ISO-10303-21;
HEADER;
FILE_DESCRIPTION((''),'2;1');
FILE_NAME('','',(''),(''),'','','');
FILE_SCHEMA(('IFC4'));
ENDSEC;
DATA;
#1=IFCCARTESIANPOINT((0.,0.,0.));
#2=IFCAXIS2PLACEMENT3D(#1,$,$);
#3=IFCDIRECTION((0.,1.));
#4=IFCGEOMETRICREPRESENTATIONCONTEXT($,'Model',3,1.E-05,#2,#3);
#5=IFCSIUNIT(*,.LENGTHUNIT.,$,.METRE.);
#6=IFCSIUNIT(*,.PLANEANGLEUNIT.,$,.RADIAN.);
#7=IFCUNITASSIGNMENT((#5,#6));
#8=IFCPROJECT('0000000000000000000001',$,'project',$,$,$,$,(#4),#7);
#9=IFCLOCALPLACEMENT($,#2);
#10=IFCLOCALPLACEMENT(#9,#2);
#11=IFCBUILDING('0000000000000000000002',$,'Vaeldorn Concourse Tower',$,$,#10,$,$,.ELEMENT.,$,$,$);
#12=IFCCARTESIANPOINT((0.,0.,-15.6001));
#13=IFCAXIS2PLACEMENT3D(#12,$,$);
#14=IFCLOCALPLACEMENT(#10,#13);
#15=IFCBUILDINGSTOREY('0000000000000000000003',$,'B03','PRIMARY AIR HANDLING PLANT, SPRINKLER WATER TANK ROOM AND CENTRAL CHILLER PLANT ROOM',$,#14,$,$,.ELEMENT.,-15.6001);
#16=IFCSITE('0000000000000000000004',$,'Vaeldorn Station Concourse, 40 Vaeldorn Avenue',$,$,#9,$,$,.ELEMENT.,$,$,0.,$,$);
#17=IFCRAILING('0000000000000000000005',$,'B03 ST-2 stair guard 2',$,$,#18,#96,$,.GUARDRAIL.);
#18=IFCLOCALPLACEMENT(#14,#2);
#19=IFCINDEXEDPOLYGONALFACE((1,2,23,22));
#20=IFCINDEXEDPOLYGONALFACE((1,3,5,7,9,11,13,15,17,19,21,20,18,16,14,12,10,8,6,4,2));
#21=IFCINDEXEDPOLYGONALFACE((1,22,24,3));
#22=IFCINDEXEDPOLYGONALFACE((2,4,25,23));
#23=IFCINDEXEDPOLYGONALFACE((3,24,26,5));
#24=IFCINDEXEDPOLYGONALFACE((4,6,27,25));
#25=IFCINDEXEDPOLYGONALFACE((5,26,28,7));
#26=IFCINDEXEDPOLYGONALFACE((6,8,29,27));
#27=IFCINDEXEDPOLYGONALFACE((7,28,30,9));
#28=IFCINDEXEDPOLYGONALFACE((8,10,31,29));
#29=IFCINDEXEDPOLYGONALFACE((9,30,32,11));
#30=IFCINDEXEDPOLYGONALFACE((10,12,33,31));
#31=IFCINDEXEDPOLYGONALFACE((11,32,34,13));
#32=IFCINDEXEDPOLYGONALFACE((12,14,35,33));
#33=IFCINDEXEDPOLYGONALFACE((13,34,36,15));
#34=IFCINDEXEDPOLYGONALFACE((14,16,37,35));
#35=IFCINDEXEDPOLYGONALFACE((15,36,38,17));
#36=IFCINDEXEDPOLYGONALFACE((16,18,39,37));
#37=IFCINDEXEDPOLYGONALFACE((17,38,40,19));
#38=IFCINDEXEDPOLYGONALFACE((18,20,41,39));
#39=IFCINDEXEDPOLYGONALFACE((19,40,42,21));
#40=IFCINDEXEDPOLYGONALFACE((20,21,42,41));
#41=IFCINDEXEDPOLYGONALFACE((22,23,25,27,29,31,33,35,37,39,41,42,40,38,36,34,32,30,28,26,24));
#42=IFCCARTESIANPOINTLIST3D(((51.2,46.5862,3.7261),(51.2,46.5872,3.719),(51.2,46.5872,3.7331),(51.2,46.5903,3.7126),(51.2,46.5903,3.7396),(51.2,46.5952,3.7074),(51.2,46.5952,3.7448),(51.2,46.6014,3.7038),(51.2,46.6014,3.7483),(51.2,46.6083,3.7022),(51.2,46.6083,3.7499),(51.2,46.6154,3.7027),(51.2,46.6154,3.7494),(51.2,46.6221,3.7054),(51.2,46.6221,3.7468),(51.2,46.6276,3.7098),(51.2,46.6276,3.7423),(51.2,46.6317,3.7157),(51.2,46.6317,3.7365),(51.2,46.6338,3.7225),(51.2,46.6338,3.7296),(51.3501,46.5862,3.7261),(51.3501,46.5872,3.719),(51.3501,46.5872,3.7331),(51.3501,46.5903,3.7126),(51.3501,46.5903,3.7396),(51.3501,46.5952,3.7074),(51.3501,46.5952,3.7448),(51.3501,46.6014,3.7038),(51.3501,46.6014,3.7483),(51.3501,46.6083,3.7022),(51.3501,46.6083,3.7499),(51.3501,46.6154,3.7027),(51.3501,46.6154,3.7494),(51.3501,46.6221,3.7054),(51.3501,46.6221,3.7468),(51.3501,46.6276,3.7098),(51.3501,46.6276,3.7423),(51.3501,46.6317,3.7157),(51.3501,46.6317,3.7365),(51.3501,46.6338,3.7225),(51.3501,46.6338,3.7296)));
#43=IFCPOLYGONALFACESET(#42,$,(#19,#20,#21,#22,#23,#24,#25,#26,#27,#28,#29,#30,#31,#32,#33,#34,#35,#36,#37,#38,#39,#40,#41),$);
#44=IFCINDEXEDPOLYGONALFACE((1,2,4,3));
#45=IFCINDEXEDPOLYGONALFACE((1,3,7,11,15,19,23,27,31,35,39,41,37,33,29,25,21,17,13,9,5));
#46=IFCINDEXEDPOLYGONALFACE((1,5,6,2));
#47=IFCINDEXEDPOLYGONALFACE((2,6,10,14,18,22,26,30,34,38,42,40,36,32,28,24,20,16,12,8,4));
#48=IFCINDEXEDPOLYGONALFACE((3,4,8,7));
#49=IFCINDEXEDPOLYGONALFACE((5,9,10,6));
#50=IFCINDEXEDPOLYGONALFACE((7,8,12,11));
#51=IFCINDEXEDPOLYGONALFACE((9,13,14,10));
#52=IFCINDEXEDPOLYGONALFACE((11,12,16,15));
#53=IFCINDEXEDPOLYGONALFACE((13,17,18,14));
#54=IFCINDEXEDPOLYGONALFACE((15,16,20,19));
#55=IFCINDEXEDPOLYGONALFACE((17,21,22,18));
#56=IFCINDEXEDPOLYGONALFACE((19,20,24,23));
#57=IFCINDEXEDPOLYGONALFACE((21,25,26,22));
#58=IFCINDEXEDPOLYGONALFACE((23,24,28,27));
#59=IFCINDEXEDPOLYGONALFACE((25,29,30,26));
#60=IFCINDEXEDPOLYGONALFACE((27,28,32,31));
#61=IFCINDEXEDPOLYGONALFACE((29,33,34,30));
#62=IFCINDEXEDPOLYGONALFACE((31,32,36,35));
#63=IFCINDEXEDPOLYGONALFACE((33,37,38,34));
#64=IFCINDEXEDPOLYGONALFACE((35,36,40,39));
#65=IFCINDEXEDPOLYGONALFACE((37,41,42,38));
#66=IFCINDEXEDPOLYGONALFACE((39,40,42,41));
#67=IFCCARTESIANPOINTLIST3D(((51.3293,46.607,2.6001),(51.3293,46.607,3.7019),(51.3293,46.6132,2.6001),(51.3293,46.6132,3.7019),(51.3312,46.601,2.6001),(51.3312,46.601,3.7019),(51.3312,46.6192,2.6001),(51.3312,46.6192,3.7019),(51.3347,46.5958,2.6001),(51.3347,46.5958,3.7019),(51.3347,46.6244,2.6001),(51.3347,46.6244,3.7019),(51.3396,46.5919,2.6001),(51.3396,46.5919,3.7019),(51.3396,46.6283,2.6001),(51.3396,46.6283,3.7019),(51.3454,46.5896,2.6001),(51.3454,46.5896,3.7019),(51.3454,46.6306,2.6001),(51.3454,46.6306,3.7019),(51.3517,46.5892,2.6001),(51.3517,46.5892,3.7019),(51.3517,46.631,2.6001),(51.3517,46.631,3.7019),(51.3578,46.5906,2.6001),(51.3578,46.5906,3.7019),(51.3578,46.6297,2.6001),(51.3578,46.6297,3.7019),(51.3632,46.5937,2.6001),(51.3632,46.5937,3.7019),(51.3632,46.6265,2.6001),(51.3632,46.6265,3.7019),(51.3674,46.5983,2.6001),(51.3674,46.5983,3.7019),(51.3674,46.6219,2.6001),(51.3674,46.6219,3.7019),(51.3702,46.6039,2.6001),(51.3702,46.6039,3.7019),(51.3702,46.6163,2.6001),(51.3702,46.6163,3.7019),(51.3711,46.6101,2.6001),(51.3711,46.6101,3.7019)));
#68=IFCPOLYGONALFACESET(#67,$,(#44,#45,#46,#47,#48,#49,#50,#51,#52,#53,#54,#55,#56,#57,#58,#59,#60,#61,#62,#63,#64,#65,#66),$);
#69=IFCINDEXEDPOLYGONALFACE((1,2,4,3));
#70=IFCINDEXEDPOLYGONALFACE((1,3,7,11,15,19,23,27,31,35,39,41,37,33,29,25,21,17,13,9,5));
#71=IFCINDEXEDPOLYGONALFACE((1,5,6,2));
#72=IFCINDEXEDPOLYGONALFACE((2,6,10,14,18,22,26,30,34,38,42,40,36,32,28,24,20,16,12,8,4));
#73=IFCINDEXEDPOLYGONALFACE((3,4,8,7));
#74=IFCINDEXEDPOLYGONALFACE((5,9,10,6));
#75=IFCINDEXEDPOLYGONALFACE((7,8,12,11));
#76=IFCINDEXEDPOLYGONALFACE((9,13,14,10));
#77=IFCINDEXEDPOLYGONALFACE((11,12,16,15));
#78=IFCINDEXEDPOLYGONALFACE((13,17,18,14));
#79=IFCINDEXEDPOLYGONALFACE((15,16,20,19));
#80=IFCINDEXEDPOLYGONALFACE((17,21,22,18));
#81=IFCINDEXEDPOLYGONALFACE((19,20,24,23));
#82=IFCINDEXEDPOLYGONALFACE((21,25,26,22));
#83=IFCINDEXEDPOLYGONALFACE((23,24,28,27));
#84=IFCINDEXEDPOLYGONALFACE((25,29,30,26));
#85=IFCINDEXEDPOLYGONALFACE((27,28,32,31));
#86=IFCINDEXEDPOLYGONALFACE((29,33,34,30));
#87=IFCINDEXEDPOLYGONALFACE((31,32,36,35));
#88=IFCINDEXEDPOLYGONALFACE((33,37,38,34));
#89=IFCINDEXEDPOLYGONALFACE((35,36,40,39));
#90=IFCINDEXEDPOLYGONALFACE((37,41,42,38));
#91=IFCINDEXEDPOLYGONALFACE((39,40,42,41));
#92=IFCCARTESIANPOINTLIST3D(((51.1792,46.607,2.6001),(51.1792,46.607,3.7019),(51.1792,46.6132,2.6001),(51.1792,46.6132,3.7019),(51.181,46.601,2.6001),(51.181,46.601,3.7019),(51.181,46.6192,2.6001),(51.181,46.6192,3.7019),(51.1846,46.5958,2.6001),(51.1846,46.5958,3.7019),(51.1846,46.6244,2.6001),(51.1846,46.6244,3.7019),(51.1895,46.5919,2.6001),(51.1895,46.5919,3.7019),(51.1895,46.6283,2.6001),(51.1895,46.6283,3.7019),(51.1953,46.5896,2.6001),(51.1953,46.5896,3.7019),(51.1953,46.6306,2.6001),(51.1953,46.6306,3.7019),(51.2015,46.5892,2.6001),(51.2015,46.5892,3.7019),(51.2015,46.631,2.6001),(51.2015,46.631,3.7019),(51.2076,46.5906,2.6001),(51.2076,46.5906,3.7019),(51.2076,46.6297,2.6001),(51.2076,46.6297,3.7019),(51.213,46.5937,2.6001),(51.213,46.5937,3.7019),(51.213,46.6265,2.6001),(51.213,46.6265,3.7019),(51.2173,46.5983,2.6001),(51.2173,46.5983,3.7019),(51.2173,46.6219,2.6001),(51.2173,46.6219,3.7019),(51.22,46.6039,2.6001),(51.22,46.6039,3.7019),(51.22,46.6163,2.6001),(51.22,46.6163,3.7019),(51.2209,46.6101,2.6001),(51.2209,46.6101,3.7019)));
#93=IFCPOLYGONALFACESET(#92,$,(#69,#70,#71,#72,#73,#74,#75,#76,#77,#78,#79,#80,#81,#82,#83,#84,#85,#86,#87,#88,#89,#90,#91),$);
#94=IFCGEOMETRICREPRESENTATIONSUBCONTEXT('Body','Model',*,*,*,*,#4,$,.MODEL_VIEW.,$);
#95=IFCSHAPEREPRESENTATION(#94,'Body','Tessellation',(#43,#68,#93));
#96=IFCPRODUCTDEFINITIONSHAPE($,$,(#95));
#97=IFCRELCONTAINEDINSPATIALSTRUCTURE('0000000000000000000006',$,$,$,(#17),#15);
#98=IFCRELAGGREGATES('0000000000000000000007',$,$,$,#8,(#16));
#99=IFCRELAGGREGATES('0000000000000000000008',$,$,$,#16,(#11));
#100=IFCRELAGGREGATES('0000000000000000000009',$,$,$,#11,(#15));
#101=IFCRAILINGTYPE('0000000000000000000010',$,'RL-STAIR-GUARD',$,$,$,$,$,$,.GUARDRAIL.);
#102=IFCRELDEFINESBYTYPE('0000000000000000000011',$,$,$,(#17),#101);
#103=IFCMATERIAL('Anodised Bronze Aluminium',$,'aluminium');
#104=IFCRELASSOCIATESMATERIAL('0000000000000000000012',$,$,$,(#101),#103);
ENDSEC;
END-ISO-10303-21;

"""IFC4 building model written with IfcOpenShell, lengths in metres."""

from ifc_helpers import new_model, si_unit, direction, frame, origin, origin_2d, place, context, subcontext, project, spatial, circle, extrude, material, type_object, element, save


model = new_model("IFC4")

# Units and contexts
model_context = context("Model", 3, precision=1e-05, world=origin(), true_north=direction((0.0, 1.0)))
body_context = subcontext(model_context, "Body", "Model", "MODEL_VIEW")
ifc_project = project(units=[si_unit("LENGTHUNIT", "METRE"), si_unit("PLANEANGLEUNIT", "RADIAN")], contexts=[model_context])

# Site, building, storey
site_placement = place(None, origin())
site = spatial("IfcSite", under=ifc_project, at=site_placement, Name="Vaeldorn Station Concourse, 40 Vaeldorn Avenue", CompositionType="ELEMENT", RefElevation=0.0)
building_placement = place(site_placement, origin())
building = spatial("IfcBuilding", under=site, at=building_placement, Name="Vaeldorn Concourse Tower", CompositionType="ELEMENT")
storey_placement = place(building_placement, frame((0.0, 0.0, -15.6001)))
storey = spatial("IfcBuildingStorey", under=building, at=storey_placement, Name="B03", Description="PRIMARY AIR HANDLING PLANT, SPRINKLER WATER TANK ROOM AND CENTRAL CHILLER PLANT ROOM", CompositionType="ELEMENT", Elevation=-15.6001)

# Shared definitions
ifc_material_1 = material(Name="Anodised Bronze Aluminium", Category="aluminium")

# Railing
railing_type_1 = type_object("IfcRailingType", Name="RL-STAIR-GUARD", PredefinedType="GUARDRAIL", material=ifc_material_1)
railing_1_placement = place(storey_placement, frame((51.3501, 46.6101, 2.6001)))
element("IfcRailing", 1, at=railing_1_placement, inside=storey, type_object=railing_type_1, Name="B03 ST-2 stair guard 2", PredefinedType="GUARDRAIL", context=body_context, shape_type="SweptSolid", body=[
    extrude(circle(Radius=0.0239, at=origin_2d()), frame((0.0, 0.0, 1.126), z_axis=(-1.0, 0.0, 0.0), x_axis=(0.0, -1.0, 0.0)), (0.0, 0.0, 1.0), 0.1501),
    extrude(circle(Radius=0.021, at=origin_2d()), origin(), (0.0, 0.0, 1.0), 1.1018),
    extrude(circle(Radius=0.021, at=origin_2d()), frame((-0.1501, 0.0, 0.0)), (0.0, 0.0, 1.0), 1.1018),
])

save(model, "model.ifc")
